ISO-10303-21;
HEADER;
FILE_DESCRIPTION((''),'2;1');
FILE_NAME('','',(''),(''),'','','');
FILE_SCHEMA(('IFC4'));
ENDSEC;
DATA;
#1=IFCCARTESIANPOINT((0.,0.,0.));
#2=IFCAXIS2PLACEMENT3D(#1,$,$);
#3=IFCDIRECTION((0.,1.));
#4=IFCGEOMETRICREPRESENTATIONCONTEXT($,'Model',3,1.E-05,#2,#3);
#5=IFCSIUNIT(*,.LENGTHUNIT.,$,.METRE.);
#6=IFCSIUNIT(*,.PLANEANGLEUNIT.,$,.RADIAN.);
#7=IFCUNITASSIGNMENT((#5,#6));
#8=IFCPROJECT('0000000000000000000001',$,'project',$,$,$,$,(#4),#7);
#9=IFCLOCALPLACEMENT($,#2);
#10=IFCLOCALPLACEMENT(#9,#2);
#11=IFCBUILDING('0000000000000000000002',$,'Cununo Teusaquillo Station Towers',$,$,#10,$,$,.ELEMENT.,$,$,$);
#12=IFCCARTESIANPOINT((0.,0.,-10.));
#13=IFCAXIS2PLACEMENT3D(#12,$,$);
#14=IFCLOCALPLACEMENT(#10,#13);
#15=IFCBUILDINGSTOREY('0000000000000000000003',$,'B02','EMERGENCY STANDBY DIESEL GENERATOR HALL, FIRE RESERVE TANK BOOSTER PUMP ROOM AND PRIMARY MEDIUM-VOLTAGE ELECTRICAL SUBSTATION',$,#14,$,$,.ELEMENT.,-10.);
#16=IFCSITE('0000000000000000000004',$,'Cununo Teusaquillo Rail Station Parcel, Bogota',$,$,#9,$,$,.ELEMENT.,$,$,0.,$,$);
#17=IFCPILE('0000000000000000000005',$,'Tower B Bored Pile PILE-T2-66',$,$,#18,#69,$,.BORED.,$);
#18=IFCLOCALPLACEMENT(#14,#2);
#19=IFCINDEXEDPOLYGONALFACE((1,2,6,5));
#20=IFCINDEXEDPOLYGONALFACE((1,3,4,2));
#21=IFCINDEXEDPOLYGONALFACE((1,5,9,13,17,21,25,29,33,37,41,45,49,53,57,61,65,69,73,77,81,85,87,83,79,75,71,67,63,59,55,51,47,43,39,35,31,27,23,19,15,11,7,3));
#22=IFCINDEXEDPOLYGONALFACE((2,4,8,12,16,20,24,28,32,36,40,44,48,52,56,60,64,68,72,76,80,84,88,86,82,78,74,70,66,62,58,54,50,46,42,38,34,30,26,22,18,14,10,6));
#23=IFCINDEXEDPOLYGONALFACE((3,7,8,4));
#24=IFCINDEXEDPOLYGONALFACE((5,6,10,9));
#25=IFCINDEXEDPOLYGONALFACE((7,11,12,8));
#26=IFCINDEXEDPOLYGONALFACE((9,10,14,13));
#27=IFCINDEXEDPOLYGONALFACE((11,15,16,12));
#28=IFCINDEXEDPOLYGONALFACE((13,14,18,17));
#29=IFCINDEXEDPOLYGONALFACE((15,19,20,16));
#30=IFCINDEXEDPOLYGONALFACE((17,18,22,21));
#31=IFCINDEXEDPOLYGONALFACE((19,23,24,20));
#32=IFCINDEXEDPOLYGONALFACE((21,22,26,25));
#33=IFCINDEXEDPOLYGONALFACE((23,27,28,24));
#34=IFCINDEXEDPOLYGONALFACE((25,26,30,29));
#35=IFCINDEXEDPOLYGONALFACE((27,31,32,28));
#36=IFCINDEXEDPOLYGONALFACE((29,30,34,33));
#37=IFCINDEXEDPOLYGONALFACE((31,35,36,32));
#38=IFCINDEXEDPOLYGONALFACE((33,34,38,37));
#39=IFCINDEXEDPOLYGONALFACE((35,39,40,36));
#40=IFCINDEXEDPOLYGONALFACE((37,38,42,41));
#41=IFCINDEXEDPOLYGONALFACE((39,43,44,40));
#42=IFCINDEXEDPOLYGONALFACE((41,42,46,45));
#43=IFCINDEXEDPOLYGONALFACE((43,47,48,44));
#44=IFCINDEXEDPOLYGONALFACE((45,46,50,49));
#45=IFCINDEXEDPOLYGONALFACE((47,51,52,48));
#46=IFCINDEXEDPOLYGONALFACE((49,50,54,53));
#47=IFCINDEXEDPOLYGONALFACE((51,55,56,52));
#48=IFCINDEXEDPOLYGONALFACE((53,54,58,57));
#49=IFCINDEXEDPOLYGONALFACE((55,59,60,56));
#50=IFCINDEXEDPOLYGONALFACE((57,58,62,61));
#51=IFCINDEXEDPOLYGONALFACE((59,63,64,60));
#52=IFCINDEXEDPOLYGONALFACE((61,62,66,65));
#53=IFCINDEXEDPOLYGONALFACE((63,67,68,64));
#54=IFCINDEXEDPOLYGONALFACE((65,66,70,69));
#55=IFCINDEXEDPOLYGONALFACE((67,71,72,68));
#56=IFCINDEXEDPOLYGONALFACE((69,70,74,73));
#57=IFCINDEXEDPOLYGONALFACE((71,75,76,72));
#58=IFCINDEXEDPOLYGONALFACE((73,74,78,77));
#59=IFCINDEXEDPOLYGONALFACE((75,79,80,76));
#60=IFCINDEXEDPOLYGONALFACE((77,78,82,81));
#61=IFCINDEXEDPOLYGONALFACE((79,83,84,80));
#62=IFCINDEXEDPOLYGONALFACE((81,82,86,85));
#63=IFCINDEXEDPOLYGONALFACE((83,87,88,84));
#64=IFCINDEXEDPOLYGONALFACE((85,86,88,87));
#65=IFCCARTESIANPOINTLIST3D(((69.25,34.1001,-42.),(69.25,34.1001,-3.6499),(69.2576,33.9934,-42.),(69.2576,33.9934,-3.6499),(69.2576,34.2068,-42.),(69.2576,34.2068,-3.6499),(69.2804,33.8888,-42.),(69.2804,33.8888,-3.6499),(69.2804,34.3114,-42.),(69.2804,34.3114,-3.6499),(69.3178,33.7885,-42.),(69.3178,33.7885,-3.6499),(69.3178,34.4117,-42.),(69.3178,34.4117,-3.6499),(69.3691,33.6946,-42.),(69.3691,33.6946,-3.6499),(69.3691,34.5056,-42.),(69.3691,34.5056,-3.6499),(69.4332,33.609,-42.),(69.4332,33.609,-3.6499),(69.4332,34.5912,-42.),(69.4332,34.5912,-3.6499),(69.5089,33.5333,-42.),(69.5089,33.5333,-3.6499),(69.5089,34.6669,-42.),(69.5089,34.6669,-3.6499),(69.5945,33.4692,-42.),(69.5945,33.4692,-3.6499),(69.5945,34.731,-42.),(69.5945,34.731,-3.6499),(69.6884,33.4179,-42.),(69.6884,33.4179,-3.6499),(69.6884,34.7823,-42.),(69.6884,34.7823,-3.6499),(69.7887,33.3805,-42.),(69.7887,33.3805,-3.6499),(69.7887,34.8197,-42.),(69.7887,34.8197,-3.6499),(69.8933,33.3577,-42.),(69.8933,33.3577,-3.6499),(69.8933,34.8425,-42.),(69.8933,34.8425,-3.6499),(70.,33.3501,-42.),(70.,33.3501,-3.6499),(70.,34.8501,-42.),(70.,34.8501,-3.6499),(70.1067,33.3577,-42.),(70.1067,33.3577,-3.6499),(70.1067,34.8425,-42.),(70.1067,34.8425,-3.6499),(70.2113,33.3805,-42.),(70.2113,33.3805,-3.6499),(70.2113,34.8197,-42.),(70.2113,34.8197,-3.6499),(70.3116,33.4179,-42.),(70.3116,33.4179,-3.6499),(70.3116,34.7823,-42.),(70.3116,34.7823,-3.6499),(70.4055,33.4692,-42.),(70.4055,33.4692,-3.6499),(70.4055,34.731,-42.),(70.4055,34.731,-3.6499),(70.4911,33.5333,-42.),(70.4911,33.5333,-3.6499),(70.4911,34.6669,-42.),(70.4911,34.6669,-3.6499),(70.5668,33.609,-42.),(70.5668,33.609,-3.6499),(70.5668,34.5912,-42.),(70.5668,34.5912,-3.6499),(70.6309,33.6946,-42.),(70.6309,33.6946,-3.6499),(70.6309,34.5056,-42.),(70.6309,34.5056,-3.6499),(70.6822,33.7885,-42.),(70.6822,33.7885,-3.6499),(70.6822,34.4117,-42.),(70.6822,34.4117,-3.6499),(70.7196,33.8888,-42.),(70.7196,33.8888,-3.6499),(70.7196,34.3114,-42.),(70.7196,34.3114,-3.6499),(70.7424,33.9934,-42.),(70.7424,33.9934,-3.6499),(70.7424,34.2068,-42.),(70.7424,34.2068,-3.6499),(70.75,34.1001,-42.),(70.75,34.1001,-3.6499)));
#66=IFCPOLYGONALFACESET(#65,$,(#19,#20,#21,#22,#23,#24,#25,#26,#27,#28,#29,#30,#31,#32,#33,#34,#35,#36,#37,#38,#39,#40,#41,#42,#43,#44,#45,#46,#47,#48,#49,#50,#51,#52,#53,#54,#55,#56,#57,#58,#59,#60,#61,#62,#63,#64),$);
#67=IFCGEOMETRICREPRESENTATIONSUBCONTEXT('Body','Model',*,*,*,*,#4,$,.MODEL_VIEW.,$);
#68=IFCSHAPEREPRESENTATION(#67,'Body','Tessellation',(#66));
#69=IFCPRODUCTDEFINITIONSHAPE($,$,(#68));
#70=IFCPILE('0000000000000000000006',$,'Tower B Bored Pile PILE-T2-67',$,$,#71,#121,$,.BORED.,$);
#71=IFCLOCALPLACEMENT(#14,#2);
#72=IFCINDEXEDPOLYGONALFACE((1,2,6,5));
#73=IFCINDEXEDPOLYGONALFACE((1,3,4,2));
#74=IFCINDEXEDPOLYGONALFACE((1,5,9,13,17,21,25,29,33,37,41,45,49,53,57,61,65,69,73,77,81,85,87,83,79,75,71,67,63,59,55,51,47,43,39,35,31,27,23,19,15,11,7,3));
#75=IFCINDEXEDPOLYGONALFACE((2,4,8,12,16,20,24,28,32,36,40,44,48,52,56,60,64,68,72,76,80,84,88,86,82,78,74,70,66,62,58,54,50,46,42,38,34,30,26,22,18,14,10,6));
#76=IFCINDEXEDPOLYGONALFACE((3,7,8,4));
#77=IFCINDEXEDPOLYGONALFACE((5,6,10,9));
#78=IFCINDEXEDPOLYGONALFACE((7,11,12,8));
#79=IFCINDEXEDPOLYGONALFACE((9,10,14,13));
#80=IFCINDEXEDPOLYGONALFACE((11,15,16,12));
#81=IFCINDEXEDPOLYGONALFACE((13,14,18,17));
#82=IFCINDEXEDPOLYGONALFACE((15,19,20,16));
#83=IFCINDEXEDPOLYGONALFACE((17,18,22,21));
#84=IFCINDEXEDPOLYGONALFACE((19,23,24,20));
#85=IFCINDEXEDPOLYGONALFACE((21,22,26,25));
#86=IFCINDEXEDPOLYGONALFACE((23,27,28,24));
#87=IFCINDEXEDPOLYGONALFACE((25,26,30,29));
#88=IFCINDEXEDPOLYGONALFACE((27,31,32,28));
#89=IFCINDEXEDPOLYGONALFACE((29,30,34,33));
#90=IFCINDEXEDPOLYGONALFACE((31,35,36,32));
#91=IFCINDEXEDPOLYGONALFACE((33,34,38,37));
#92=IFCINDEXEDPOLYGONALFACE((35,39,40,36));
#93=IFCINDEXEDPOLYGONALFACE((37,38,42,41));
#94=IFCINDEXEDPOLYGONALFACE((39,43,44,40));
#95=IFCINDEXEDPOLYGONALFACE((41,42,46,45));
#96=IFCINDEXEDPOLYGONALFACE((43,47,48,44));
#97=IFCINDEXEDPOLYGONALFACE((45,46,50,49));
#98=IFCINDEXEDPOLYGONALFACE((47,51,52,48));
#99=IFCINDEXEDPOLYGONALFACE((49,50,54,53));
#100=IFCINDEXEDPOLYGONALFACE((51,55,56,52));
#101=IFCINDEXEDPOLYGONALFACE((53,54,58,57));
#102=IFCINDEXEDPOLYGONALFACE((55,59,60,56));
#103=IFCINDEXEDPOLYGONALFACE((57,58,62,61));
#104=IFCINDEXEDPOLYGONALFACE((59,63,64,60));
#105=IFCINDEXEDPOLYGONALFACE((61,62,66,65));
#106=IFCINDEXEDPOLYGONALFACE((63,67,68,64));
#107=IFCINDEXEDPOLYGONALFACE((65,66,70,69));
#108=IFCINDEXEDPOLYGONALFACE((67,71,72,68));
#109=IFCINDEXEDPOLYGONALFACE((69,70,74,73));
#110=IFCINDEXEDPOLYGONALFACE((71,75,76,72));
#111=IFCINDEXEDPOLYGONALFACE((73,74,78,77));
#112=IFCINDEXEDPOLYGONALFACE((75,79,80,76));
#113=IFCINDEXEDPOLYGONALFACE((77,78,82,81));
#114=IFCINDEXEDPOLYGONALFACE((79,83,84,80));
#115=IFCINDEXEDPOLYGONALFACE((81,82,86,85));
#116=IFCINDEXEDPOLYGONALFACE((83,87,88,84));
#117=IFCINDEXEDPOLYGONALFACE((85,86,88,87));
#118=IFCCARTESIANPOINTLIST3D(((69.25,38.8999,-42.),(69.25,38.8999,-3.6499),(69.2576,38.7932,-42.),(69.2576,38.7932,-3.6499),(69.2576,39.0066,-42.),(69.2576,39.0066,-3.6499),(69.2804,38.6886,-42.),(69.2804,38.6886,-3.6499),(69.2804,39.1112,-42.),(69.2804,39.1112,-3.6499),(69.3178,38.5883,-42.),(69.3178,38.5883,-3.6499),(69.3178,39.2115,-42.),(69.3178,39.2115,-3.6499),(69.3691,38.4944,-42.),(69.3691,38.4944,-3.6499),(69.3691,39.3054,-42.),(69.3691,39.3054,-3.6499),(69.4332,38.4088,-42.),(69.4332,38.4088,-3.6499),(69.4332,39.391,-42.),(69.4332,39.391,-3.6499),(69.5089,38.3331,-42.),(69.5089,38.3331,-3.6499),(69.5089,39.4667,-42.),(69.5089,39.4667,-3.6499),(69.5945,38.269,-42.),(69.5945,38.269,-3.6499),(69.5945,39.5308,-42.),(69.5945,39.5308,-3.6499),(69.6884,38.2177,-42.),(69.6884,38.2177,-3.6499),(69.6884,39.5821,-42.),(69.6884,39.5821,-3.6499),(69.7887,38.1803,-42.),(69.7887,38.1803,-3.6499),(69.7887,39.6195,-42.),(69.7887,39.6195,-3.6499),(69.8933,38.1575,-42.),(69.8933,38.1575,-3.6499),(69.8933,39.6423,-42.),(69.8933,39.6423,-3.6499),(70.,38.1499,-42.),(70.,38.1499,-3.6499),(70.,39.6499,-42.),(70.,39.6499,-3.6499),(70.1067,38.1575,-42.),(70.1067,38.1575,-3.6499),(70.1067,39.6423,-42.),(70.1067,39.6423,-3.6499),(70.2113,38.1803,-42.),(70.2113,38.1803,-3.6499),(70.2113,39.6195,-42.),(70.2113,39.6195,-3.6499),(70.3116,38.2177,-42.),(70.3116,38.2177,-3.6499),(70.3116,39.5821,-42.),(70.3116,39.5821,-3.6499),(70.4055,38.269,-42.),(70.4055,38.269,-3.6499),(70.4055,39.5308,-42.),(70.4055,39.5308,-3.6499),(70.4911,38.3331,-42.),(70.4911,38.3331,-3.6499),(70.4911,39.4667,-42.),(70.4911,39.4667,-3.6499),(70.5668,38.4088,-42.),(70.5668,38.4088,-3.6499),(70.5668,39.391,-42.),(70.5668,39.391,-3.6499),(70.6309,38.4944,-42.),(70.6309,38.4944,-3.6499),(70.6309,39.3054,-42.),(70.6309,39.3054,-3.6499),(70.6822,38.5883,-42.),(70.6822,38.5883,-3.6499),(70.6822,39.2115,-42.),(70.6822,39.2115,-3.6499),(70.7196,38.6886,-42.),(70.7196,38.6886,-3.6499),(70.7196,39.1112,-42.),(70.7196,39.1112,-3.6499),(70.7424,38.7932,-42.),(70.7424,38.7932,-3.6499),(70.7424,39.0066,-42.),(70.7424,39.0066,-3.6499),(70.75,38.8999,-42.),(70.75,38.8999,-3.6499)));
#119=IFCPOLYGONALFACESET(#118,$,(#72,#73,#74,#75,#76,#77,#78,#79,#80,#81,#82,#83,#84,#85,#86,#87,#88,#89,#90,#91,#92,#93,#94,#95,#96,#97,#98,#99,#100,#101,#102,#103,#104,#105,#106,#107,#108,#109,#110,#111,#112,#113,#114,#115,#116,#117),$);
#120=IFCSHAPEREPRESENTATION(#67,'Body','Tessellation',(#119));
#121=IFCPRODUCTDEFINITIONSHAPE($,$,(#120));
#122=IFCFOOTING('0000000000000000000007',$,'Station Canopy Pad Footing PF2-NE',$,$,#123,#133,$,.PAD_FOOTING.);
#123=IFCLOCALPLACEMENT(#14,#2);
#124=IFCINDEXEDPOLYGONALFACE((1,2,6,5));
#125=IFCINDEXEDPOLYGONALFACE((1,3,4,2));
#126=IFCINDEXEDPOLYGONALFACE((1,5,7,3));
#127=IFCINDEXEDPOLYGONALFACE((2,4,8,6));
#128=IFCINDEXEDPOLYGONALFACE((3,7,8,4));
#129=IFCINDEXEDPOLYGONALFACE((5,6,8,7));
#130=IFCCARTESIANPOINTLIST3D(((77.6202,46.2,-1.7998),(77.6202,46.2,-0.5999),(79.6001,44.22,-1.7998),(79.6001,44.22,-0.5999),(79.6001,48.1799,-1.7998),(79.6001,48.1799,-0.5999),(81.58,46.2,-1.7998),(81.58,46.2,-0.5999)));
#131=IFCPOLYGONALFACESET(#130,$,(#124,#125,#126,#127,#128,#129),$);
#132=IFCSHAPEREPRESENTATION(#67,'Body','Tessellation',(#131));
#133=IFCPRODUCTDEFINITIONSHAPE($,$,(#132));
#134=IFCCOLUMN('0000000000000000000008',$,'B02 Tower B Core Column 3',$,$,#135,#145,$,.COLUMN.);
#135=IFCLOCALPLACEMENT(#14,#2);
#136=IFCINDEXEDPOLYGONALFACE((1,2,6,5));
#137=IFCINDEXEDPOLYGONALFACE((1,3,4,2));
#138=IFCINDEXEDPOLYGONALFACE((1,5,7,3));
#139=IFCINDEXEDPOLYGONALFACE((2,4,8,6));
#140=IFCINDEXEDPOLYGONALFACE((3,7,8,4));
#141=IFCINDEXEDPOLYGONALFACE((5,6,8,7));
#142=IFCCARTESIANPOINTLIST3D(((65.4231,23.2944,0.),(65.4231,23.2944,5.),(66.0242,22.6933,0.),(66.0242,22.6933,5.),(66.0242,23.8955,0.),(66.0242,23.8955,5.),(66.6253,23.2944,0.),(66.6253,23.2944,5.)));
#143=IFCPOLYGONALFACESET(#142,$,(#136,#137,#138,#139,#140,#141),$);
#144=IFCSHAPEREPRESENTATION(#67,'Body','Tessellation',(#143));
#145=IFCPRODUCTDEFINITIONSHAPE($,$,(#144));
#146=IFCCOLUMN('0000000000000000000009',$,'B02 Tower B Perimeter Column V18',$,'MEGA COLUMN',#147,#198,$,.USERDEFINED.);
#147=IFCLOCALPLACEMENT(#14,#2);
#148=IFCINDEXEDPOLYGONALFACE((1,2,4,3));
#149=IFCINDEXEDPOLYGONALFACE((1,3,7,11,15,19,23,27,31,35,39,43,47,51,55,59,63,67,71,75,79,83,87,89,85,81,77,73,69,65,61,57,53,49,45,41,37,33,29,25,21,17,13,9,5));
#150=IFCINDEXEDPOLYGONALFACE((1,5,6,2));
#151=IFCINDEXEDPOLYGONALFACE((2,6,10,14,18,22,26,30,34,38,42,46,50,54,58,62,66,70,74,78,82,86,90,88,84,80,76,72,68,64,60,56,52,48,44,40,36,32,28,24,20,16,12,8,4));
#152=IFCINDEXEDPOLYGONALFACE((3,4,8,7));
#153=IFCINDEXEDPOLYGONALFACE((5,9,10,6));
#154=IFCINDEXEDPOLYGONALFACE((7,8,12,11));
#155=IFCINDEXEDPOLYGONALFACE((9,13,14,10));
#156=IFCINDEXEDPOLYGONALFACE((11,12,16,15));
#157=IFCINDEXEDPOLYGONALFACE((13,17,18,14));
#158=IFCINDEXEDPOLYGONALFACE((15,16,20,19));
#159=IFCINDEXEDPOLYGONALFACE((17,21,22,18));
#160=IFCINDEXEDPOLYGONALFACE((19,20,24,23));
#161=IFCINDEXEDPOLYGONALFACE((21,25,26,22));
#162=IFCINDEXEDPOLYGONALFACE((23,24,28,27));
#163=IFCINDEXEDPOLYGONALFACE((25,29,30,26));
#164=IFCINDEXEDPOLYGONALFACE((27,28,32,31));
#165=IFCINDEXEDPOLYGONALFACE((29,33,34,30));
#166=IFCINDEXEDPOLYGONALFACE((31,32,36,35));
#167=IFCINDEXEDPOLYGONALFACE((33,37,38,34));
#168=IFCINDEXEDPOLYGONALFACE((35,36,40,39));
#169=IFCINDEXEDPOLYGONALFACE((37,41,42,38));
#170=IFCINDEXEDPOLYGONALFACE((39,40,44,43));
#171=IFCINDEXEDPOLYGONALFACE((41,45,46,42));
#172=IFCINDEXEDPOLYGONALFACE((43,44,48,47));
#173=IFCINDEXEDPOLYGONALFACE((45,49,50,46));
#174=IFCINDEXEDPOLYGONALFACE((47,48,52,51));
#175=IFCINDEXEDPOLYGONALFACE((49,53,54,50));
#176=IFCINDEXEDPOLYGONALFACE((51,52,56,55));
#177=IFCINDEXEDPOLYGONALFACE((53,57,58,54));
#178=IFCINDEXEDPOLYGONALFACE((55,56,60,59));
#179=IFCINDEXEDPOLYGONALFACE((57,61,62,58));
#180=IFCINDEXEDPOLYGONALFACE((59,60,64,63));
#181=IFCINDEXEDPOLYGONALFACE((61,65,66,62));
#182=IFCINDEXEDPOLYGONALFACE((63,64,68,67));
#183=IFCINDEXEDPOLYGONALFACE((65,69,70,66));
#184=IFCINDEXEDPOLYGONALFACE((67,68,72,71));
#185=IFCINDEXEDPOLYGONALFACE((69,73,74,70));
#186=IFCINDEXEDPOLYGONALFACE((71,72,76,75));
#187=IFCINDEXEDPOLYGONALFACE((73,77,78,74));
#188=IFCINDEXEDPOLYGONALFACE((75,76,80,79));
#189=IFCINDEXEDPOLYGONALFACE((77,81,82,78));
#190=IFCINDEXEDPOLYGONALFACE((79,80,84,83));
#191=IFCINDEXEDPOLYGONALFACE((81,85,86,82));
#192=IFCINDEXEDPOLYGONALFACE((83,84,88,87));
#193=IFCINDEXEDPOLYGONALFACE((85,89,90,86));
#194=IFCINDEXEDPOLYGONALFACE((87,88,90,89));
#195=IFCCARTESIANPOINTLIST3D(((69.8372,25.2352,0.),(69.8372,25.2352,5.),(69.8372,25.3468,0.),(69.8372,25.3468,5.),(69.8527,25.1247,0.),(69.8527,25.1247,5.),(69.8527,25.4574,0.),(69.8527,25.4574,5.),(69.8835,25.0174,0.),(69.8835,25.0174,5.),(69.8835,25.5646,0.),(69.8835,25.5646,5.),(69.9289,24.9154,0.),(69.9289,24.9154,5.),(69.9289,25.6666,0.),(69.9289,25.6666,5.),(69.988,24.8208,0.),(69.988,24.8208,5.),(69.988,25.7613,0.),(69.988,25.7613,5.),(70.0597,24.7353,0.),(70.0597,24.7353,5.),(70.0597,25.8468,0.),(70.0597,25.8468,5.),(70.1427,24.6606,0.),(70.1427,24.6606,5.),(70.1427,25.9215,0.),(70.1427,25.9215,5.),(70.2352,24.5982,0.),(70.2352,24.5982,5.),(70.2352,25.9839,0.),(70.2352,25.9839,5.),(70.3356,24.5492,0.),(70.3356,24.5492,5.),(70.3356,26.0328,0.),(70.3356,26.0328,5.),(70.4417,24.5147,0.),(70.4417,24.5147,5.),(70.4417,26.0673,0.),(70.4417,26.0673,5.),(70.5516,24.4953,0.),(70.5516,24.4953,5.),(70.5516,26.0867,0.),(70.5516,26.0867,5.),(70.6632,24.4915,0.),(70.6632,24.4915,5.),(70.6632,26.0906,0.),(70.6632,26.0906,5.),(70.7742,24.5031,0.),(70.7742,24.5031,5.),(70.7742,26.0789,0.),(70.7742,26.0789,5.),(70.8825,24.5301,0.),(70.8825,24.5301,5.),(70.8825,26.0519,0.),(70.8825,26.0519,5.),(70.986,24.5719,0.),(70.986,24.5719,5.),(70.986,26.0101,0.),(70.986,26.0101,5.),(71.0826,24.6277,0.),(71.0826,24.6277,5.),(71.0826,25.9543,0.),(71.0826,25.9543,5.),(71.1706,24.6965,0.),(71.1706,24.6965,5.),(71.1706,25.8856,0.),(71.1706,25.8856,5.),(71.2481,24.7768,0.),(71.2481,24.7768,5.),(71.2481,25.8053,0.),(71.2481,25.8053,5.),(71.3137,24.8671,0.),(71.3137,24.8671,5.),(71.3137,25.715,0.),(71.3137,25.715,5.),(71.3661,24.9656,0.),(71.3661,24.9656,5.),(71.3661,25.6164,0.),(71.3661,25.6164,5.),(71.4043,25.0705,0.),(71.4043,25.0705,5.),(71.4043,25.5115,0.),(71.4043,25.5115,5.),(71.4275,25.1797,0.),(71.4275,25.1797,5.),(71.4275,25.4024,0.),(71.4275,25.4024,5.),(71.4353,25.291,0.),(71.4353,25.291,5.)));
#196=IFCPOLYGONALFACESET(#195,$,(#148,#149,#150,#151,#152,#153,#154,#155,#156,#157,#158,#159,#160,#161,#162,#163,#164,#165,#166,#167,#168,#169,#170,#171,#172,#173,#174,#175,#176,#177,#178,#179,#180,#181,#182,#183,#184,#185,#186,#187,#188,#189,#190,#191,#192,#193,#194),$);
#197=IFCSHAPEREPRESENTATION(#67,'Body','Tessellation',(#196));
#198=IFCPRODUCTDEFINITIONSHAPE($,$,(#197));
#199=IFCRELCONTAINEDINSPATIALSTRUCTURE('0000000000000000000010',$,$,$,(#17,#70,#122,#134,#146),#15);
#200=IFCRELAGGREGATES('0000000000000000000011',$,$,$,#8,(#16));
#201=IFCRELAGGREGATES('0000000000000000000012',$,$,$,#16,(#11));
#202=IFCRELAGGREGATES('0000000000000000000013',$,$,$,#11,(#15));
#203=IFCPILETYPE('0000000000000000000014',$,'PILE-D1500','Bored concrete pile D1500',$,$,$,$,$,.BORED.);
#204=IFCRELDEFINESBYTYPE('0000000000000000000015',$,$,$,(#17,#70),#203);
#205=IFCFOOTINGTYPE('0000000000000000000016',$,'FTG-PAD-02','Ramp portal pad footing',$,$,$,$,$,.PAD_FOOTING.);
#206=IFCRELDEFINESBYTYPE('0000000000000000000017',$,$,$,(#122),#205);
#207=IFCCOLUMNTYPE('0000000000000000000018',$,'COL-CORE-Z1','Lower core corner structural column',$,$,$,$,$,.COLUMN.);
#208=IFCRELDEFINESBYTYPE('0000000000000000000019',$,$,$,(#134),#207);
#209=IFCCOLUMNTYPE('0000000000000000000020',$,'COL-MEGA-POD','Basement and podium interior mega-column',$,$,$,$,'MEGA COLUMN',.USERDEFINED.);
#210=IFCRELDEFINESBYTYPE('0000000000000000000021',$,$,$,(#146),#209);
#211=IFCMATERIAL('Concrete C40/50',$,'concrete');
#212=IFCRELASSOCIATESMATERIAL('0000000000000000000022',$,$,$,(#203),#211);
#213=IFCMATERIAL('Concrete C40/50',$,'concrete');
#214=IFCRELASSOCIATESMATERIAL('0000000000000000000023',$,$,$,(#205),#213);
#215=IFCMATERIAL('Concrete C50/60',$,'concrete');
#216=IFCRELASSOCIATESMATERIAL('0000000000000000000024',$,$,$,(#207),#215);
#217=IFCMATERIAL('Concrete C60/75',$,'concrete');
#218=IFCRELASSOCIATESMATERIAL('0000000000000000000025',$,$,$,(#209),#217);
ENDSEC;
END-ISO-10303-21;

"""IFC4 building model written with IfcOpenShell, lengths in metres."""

from ifc_helpers import new_model, si_unit, direction, frame, origin, origin_2d, place, context, subcontext, project, spatial, rectangle, circle, extrude, source, transform, mapped, material, material_profile, profile_set, type_object, element, save


model = new_model("IFC4")

# Units and contexts
model_context = context("Model", 3, precision=1e-05, world=origin(), true_north=direction((0.0, 1.0)))
body_context = subcontext(model_context, "Body", "Model", "MODEL_VIEW")
ifc_project = project(units=[si_unit("LENGTHUNIT", "METRE"), si_unit("PLANEANGLEUNIT", "RADIAN")], contexts=[model_context])

# Site, building, storey
site_placement = place(None, origin())
site = spatial("IfcSite", under=ifc_project, at=site_placement, Name="Cununo Teusaquillo Rail Station Parcel, Bogota", CompositionType="ELEMENT", RefElevation=0.0)
building_placement = place(site_placement, origin())
building = spatial("IfcBuilding", under=site, at=building_placement, Name="Cununo Teusaquillo Station Towers", CompositionType="ELEMENT")
storey_placement = place(building_placement, frame((0.0, 0.0, -10.0)))
storey = spatial("IfcBuildingStorey", under=building, at=storey_placement, Name="B02", Description="EMERGENCY STANDBY DIESEL GENERATOR HALL, FIRE RESERVE TANK BOOSTER PUMP ROOM AND PRIMARY MEDIUM-VOLTAGE ELECTRICAL SUBSTATION", CompositionType="ELEMENT", Elevation=-10.0)

# Piles
ifc_material_1 = material(Name="Concrete C40/50", Category="concrete")
ifc_material_profile_1 = material_profile(ifc_material_1, circle(Radius=0.75, at=origin_2d()), Name="PILE-BORED-1500")
ifc_profile_set_1 = profile_set([ifc_material_profile_1], Name="Concrete C40/50")
pile_type = type_object("IfcPileType", Name="PILE-D1500", Description="Bored concrete pile D1500", PredefinedType="BORED", material=ifc_profile_set_1)
for number, where, z_axis, x_axis, name in (
    (1, (70.0, 34.1001, -3.6499), (0.0, 0.0, -1.0), (1.0, 0.0, 0.0), "Tower B Bored Pile PILE-T2-66"),
    (2, (70.0, 38.8999, -3.6499), (0.0, 0.0, -1.0), (1.0, 0.0, 0.0), "Tower B Bored Pile PILE-T2-67"),
):
    element("IfcPile", number, at=place(storey_placement, frame(where, z_axis=z_axis, x_axis=x_axis)), inside=storey, type_object=pile_type, Name=name, PredefinedType="BORED", context=body_context, shape_type="SweptSolid", body=[
        extrude(circle(Radius=0.75, at=origin_2d()), origin(), (0.0, 0.0, 1.0), 38.3501),
    ])

# Footing
ifc_material_2 = material(Name="Concrete C40/50", Category="concrete")
footing_type = type_object("IfcFootingType", Name="FTG-PAD-02", Description="Ramp portal pad footing", PredefinedType="PAD_FOOTING", material=ifc_material_2)
shared_shape_1 = source(origin(), body_context, "Body", "SweptSolid", [
    extrude(rectangle(XDim=2.8, YDim=2.8, at=origin_2d()), origin(), (0.0, 0.0, 1.0), 1.2),
])
footing_placement = place(storey_placement, frame((79.6001, 46.2, -1.7998), z_axis=(0.0, 0.0, 1.0), x_axis=(0.707107, 0.707107, 0.0)))
element("IfcFooting", 3, at=footing_placement, inside=storey, type_object=footing_type, Name="Station Canopy Pad Footing PF2-NE", PredefinedType="PAD_FOOTING", context=body_context, shape_type="MappedRepresentation", body=[
    mapped(shared_shape_1, transform((0.0, 0.0, 0.0), x_axis=(1.0, 0.0, 0.0), y_axis=(0.0, 1.0, 0.0), z_axis=(0.0, 0.0, 1.0), scale=1.0)),
])

# Columns
ifc_material_3 = material(Name="Concrete C50/60", Category="concrete")
ifc_material_profile_2 = material_profile(ifc_material_3, rectangle(XDim=0.8501, YDim=0.8501, at=origin_2d()), Name="RC-RECT-850x850")
ifc_profile_set_2 = profile_set([ifc_material_profile_2], Name="Concrete C50/60")
column_type_1 = type_object("IfcColumnType", Name="COL-CORE-Z1", Description="Lower core corner structural column", PredefinedType="COLUMN", material=ifc_profile_set_2)
column_1_placement = place(storey_placement, frame((66.0242, 23.2944, 0.0), z_axis=(0.0, 0.0, 1.0), x_axis=(0.707107, 0.707107, 0.0)))
element("IfcColumn", 4, at=column_1_placement, inside=storey, type_object=column_type_1, Name="B02 Tower B Core Column 3", PredefinedType="COLUMN", context=body_context, shape_type="SweptSolid", body=[
    extrude(rectangle(XDim=0.8501, YDim=0.8501, at=origin_2d()), origin(), (0.0, 0.0, 1.0), 5.0),
])
ifc_material_4 = material(Name="Concrete C60/75", Category="concrete")
ifc_material_profile_3 = material_profile(ifc_material_4, circle(Radius=0.8, at=origin_2d()), Name="RC-CIRC-1600")
ifc_profile_set_3 = profile_set([ifc_material_profile_3], Name="Concrete C60/75")
column_type_2 = type_object("IfcColumnType", Name="COL-MEGA-POD", Description="Basement and podium interior mega-column", ElementType="MEGA COLUMN", PredefinedType="USERDEFINED", material=ifc_profile_set_3)
column_2_placement = place(storey_placement, frame((70.6353, 25.291, 0.0), z_axis=(0.0, 0.0, 1.0), x_axis=(1.0, 0.0, 0.0)))
element("IfcColumn", 5, at=column_2_placement, inside=storey, type_object=column_type_2, Name="B02 Tower B Perimeter Column V18", ObjectType="MEGA COLUMN", PredefinedType="USERDEFINED", context=body_context, shape_type="SweptSolid", body=[
    extrude(circle(Radius=0.8, at=origin_2d()), origin(), (0.0, 0.0, 1.0), 5.0),
])

save(model, "model.ifc")
